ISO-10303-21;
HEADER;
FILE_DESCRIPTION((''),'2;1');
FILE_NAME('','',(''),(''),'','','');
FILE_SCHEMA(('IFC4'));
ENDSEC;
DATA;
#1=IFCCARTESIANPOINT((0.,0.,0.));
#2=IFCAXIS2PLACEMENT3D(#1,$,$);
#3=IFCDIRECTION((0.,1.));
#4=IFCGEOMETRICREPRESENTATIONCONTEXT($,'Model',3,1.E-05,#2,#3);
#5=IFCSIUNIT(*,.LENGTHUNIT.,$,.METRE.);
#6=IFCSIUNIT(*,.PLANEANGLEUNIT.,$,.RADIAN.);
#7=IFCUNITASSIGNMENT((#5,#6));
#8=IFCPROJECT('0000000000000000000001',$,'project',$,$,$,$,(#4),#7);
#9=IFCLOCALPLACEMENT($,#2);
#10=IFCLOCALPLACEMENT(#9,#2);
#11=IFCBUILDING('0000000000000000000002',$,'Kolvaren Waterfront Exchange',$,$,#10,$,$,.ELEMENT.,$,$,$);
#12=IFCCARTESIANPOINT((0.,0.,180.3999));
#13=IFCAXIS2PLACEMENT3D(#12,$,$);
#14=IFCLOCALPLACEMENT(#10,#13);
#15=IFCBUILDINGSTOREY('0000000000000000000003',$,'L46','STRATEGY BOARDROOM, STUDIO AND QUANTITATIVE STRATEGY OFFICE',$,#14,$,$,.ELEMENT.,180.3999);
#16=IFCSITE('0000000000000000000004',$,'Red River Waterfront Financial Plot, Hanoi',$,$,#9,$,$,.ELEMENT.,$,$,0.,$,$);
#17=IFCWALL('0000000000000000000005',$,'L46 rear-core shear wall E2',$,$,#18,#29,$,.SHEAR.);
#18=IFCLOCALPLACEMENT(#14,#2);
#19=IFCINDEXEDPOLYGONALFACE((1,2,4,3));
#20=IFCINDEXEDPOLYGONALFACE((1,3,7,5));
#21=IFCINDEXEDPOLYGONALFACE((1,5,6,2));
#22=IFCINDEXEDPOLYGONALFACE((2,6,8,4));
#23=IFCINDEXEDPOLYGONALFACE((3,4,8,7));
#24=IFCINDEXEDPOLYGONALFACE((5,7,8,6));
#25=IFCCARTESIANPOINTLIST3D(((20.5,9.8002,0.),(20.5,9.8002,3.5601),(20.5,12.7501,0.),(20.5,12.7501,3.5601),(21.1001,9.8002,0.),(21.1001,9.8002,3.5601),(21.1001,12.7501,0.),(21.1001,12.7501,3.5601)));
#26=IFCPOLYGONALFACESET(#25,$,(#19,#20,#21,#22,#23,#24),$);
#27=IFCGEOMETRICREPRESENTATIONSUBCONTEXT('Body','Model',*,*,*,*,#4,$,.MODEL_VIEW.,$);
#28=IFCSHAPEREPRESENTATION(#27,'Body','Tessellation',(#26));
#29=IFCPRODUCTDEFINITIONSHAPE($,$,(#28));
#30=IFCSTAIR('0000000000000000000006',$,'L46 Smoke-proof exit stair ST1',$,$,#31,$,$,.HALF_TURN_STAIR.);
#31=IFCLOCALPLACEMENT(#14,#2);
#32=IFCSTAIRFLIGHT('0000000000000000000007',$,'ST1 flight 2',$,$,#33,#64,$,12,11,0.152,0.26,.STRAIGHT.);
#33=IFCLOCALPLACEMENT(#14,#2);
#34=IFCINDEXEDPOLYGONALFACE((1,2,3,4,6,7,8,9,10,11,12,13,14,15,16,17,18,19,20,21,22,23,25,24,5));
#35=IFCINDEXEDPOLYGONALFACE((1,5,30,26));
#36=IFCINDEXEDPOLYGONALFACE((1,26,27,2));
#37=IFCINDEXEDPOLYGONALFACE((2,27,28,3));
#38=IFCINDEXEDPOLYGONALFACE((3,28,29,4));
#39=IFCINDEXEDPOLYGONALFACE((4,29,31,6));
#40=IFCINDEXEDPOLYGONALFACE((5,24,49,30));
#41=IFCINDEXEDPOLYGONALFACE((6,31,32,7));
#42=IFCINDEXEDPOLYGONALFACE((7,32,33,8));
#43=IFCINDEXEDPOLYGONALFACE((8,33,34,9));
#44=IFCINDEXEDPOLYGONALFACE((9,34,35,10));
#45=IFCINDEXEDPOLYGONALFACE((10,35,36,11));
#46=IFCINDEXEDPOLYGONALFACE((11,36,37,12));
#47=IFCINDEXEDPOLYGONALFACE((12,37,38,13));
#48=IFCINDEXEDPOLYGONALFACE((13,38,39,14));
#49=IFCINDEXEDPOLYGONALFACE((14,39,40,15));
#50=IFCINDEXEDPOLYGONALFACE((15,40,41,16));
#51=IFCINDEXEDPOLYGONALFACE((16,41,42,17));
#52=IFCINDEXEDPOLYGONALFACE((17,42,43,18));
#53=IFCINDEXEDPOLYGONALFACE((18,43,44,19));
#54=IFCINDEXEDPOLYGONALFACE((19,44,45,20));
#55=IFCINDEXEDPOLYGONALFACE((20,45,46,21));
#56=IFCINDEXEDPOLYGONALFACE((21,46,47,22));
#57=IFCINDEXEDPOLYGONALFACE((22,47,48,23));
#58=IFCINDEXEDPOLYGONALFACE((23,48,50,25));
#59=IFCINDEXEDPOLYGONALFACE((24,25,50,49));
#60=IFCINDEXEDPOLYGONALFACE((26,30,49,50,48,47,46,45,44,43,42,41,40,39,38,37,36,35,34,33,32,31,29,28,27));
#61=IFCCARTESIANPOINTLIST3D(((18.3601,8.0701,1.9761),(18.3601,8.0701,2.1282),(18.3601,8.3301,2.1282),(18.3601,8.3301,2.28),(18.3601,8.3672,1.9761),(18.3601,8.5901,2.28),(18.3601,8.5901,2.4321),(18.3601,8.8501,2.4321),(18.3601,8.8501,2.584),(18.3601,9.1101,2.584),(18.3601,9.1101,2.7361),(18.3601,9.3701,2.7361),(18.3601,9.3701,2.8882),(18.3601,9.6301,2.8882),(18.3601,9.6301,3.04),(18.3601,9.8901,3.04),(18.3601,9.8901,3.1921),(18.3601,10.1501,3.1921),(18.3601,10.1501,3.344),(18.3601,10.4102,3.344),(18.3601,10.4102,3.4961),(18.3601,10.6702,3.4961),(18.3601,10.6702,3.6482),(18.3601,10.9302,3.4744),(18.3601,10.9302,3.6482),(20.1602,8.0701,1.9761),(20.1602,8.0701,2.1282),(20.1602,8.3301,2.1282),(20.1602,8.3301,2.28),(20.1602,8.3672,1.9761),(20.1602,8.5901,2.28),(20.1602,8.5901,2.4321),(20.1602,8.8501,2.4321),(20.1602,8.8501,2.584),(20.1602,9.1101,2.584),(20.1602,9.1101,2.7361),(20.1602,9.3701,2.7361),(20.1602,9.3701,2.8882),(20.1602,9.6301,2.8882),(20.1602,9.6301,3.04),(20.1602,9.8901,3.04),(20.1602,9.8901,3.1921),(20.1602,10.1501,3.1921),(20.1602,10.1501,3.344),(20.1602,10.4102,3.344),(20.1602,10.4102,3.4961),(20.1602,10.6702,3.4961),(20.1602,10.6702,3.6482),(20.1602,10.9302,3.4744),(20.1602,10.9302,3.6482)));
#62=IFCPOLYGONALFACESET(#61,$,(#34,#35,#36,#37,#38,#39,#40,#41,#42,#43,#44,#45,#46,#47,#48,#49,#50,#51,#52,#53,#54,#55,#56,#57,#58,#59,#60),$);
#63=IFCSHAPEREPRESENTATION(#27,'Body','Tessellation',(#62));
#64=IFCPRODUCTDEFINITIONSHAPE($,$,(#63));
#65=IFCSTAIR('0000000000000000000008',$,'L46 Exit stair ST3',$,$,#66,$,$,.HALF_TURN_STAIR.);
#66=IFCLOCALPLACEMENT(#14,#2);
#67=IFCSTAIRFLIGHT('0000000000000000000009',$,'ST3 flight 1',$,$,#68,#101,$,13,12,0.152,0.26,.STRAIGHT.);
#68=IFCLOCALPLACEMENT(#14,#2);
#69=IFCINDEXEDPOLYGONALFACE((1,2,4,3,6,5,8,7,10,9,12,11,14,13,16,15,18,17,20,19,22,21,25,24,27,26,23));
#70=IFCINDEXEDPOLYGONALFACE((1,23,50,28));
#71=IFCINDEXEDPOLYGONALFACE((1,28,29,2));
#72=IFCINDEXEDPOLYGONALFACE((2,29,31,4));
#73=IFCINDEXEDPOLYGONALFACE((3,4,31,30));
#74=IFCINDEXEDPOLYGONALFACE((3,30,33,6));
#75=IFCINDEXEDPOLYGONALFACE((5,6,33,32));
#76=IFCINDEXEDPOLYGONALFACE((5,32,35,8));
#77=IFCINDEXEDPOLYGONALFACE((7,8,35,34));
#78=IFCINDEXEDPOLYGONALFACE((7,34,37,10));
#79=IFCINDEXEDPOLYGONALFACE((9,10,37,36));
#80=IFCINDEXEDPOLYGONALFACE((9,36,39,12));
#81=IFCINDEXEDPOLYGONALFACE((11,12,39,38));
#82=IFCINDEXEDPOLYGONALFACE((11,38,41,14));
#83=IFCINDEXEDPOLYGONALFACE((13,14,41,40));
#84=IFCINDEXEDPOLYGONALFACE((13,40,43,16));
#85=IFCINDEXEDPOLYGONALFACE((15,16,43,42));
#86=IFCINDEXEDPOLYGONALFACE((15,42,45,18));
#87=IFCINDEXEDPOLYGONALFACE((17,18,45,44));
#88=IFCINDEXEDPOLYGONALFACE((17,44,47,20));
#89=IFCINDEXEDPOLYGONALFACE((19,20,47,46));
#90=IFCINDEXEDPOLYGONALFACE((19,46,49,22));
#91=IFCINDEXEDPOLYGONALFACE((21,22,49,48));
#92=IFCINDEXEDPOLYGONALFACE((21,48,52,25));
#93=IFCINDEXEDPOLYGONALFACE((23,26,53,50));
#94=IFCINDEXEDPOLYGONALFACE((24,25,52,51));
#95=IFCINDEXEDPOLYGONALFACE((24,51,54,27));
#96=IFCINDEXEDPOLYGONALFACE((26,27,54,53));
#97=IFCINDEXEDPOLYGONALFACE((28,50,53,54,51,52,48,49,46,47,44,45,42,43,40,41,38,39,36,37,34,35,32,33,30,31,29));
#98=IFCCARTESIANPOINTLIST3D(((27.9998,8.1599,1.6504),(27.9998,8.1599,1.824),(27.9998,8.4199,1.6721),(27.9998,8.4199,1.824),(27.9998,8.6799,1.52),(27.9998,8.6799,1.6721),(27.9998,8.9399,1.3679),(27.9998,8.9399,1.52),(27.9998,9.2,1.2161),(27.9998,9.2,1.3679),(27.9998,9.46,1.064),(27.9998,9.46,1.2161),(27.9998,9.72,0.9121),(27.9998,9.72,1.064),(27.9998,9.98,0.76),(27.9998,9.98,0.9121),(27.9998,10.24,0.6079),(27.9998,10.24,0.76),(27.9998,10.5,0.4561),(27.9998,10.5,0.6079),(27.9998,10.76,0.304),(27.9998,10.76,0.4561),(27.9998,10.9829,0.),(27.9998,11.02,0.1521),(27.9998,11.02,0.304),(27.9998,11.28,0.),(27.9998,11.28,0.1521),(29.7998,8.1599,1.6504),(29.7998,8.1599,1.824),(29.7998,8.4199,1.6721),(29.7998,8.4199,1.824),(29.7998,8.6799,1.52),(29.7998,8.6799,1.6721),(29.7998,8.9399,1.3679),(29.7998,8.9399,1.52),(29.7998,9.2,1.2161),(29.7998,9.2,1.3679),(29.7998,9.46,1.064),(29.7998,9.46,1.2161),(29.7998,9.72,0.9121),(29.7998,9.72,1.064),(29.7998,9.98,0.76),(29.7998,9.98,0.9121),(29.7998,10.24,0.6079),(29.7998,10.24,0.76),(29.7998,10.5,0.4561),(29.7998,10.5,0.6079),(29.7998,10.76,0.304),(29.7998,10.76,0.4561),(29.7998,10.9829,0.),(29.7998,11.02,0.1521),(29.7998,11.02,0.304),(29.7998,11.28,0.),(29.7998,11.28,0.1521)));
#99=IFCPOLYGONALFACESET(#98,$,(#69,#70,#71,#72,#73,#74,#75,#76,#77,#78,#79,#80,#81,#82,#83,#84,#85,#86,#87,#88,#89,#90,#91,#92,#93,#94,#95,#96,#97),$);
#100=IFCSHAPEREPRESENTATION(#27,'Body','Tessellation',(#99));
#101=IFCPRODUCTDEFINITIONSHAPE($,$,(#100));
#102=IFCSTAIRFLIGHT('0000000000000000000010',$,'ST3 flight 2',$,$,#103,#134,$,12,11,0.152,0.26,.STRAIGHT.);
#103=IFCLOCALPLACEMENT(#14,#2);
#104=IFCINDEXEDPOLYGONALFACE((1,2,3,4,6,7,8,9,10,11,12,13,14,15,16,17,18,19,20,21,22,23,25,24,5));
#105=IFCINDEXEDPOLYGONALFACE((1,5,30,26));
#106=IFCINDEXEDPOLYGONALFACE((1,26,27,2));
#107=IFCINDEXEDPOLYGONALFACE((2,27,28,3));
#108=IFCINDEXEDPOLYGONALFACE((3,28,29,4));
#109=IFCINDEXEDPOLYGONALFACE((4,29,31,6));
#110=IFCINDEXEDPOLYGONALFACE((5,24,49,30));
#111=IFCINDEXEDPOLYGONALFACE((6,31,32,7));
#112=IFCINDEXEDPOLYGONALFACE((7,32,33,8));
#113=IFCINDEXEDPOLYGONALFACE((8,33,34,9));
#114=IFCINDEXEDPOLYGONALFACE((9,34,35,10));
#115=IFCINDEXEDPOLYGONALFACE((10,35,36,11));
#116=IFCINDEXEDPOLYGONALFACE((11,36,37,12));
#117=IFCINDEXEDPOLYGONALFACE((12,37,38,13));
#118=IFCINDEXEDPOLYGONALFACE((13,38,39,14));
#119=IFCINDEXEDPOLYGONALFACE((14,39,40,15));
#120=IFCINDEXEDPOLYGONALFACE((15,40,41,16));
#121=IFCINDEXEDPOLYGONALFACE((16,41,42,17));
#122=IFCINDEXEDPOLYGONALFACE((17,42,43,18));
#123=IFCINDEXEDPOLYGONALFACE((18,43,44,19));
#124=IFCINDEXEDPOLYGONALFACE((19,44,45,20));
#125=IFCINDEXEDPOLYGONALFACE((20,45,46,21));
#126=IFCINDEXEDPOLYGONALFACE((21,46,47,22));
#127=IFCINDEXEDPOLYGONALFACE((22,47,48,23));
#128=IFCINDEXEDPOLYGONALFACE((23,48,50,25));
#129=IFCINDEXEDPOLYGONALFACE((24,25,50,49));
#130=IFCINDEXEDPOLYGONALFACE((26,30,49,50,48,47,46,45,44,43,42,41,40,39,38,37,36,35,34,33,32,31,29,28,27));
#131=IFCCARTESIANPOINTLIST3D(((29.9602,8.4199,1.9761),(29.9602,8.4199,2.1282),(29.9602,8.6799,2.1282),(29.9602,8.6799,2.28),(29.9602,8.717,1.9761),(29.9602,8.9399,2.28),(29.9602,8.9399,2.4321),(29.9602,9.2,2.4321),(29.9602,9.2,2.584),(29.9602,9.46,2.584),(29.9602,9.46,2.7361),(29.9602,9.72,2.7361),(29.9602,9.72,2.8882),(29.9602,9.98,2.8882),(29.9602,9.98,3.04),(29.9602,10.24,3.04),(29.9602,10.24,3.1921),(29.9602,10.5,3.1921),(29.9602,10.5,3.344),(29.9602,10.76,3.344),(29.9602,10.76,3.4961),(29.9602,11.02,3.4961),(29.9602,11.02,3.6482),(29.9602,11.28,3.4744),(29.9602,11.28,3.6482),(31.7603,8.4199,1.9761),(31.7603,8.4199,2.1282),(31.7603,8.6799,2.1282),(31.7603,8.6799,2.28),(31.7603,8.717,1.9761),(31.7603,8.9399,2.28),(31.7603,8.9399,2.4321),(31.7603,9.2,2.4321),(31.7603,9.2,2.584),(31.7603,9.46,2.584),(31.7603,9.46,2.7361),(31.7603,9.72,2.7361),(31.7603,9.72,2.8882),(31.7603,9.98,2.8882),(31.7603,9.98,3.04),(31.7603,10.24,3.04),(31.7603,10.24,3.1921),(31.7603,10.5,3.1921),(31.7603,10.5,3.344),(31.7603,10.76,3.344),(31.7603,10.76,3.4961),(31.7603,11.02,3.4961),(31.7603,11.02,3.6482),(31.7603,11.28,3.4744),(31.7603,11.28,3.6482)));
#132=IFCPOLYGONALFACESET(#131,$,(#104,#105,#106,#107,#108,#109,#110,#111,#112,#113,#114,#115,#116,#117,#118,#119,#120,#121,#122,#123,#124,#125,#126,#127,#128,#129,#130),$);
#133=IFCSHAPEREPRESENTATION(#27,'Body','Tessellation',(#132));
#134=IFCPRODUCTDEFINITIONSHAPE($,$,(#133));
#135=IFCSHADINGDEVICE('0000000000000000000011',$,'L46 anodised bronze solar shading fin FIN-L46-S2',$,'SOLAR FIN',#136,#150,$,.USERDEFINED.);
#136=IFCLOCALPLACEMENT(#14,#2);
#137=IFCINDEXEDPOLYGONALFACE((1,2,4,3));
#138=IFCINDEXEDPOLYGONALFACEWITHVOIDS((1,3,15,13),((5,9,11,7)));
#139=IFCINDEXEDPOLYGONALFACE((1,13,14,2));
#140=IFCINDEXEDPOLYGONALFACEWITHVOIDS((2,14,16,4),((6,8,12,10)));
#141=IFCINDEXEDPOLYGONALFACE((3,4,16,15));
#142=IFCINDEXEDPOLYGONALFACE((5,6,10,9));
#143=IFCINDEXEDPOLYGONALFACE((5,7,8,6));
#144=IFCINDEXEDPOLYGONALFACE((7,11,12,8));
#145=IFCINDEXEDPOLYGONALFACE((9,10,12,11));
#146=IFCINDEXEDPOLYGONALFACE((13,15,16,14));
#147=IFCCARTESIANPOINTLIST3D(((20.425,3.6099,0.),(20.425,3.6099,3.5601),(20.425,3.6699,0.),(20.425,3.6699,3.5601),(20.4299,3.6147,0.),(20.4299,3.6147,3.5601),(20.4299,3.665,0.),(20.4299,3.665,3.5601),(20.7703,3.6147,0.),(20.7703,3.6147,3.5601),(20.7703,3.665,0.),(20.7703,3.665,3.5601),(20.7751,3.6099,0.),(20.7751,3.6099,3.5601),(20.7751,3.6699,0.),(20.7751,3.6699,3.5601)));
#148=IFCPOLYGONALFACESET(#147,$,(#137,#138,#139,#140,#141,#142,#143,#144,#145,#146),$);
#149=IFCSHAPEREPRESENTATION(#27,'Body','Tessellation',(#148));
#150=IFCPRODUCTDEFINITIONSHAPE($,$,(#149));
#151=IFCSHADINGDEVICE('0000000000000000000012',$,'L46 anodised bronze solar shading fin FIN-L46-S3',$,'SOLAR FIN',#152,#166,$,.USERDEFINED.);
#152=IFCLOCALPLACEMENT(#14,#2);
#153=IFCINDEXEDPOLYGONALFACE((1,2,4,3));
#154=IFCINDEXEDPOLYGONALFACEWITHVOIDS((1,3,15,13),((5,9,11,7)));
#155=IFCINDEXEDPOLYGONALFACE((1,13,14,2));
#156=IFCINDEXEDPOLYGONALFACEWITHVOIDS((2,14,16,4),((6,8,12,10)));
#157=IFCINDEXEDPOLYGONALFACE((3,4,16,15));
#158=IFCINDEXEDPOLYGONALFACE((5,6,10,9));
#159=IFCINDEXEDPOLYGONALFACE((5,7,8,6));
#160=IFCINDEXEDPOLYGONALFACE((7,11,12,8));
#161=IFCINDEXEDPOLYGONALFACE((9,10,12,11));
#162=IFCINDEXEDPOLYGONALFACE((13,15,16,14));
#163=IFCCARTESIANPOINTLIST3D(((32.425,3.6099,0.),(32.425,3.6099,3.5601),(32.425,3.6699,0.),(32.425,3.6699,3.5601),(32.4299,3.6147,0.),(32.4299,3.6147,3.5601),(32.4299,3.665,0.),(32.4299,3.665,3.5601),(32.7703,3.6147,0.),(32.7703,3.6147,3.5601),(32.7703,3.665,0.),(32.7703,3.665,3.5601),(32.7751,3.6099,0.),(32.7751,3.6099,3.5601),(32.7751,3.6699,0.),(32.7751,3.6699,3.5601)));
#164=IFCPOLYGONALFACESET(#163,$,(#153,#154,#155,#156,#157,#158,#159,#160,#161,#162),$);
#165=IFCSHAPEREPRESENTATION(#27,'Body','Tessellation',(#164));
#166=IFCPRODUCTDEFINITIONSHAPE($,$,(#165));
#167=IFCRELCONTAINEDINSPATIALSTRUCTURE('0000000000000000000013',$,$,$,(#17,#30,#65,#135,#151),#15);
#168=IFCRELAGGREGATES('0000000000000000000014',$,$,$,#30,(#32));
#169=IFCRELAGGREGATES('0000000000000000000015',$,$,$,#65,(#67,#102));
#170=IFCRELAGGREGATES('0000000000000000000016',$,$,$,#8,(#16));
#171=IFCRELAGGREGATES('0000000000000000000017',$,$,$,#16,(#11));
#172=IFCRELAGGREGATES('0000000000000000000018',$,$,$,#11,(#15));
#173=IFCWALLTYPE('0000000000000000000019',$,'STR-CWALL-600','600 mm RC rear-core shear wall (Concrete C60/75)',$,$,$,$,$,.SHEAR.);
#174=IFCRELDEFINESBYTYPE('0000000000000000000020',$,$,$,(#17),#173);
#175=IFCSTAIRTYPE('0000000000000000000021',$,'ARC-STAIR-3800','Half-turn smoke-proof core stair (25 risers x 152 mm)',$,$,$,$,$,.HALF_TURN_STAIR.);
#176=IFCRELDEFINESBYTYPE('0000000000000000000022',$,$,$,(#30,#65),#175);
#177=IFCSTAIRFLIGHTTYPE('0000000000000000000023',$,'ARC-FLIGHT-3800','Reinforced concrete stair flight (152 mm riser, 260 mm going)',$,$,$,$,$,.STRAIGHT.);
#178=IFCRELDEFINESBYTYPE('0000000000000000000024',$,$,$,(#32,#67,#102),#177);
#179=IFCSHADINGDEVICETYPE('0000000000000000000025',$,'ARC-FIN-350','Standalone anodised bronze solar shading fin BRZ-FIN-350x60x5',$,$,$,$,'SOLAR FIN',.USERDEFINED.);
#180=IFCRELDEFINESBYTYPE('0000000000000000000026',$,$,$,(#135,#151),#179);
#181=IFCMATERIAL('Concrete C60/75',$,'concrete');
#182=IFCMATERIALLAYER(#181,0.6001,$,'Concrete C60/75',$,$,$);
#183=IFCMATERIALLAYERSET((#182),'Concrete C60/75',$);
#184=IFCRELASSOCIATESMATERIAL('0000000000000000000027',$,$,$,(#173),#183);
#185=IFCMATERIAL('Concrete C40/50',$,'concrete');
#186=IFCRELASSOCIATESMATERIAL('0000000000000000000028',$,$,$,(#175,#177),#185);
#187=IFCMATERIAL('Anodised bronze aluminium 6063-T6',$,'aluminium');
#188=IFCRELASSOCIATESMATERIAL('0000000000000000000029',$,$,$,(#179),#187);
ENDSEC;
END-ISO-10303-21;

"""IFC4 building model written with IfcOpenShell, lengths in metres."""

from ifc_helpers import new_model, si_unit, direction, frame, frame_2d, origin, origin_2d, place, context, subcontext, project, spatial, polyline, rectangle, hollow_rectangle, outline, extrude, material, layer, layer_set, material_profile, profile_set, type_object, element, aggregate, save


model = new_model("IFC4")

# Units and contexts
model_context = context("Model", 3, precision=1e-05, world=origin(), true_north=direction((0.0, 1.0)))
body_context = subcontext(model_context, "Body", "Model", "MODEL_VIEW")
ifc_project = project(units=[si_unit("LENGTHUNIT", "METRE"), si_unit("PLANEANGLEUNIT", "RADIAN")], contexts=[model_context])

# Site, building, storey
site_placement = place(None, origin())
site = spatial("IfcSite", under=ifc_project, at=site_placement, Name="Red River Waterfront Financial Plot, Hanoi", CompositionType="ELEMENT", RefElevation=0.0)
building_placement = place(site_placement, origin())
building = spatial("IfcBuilding", under=site, at=building_placement, Name="Kolvaren Waterfront Exchange", CompositionType="ELEMENT")
storey_placement = place(building_placement, frame((0.0, 0.0, 180.3999)))
storey = spatial("IfcBuildingStorey", under=building, at=storey_placement, Name="L46", Description="STRATEGY BOARDROOM, STUDIO AND QUANTITATIVE STRATEGY OFFICE", CompositionType="ELEMENT", Elevation=180.3999)

# Shared definitions
ifc_material_1 = material(Name="Concrete C60/75", Category="concrete")

# Shared definitions
ifc_material_2 = material(Name="Anodised bronze aluminium 6063-T6", Category="aluminium")

# Wall
ifc_material_3 = material(Name="Concrete C40/50", Category="concrete")
ifc_layer_1 = layer(ifc_material_1, 0.6001, Name="Concrete C60/75")
ifc_layer_set_1 = layer_set([ifc_layer_1], Name="Concrete C60/75")
wall_type_1 = type_object("IfcWallType", Name="STR-CWALL-600", Description="600 mm RC rear-core shear wall (Concrete C60/75)", PredefinedType="SHEAR", material=ifc_layer_set_1)
wall_1_placement = place(storey_placement, frame((20.8, 9.8, 0.0), z_axis=(0.0, 0.0, 1.0), x_axis=(0.0, 1.0, 0.0)))
element("IfcWall", 1, at=wall_1_placement, inside=storey, type_object=wall_type_1, Name="L46 rear-core shear wall E2", PredefinedType="SHEAR", context=body_context, shape_type="SweptSolid", body=[
    extrude(rectangle(XDim=2.95, YDim=0.6001, at=frame_2d((1.4751, 0.0))), origin(), (0.0, 0.0, 1.0), 3.5601),
])

# Stair, stair flight
stair_type = type_object("IfcStairType", Name="ARC-STAIR-3800", Description="Half-turn smoke-proof core stair (25 risers x 152 mm)", PredefinedType="HALF_TURN_STAIR", material=ifc_material_3)
stair_1_placement = place(storey_placement, origin())
stair_1 = element("IfcStair", 2, at=stair_1_placement, inside=storey, type_object=stair_type, Name="L46 Smoke-proof exit stair ST1", PredefinedType="HALF_TURN_STAIR")
stair_flight_type = type_object("IfcStairFlightType", Name="ARC-FLIGHT-3800", Description="Reinforced concrete stair flight (152 mm riser, 260 mm going)", PredefinedType="STRAIGHT", material=ifc_material_3)
stair_flight_1_placement = place(storey_placement, frame((19.26, 8.0701, 1.9761), z_axis=(0.0, 0.0, 1.0), x_axis=(0.0, 1.0, 0.0)))
stair_flight_1 = element("IfcStairFlight", 3, at=stair_flight_1_placement, type_object=stair_flight_type, Name="ST1 flight 2", NumberOfRisers=12, NumberOfTreads=11, PredefinedType="STRAIGHT", RiserHeight=0.152, TreadLength=0.26, context=body_context, shape_type="SweptSolid", body=[
    extrude(outline(polyline([(0.0, 0.0), (0.0, 0.1521), (0.26, 0.1521), (0.26, 0.304), (0.52, 0.304), (0.52, 0.4561), (0.78, 0.4561), (0.78, 0.6079), (1.04, 0.6079), (1.04, 0.76), (1.3, 0.76), (1.3, 0.9121), (1.5601, 0.9121), (1.5601, 1.064), (1.8201, 1.064), (1.8201, 1.2161), (2.0801, 1.2161), (2.0801, 1.3679), (2.3401, 1.3679), (2.3401, 1.52), (2.6001, 1.52), (2.6001, 1.6721), (2.8601, 1.6721), (2.8601, 1.824), (2.8601, 1.4983), (0.2971, 0.0), (0.0, 0.0)])), frame((0.0, 0.8999, 0.0), z_axis=(0.0, -1.0, 0.0), x_axis=(1.0, 0.0, 0.0)), (0.0, 0.0, 1.0), 1.8),
])
aggregate(stair_1, [stair_flight_1])

# Stair, stair flights
stair_2_placement = place(storey_placement, origin())
stair_2 = element("IfcStair", 4, at=stair_2_placement, inside=storey, type_object=stair_type, Name="L46 Exit stair ST3", PredefinedType="HALF_TURN_STAIR")
stair_flight_2_placement = place(storey_placement, frame((28.8999, 11.28, 0.0), z_axis=(0.0, 0.0, 1.0), x_axis=(0.0, -1.0, 0.0)))
stair_flight_2 = element("IfcStairFlight", 5, at=stair_flight_2_placement, type_object=stair_flight_type, Name="ST3 flight 1", NumberOfRisers=13, NumberOfTreads=12, PredefinedType="STRAIGHT", RiserHeight=0.152, TreadLength=0.26, context=body_context, shape_type="SweptSolid", body=[
    extrude(outline(polyline([(0.0, 0.0), (0.0, 0.1521), (0.26, 0.1521), (0.26, 0.304), (0.52, 0.304), (0.52, 0.4561), (0.78, 0.4561), (0.78, 0.6079), (1.04, 0.6079), (1.04, 0.76), (1.3, 0.76), (1.3, 0.9121), (1.5601, 0.9121), (1.5601, 1.064), (1.8201, 1.064), (1.8201, 1.2161), (2.0801, 1.2161), (2.0801, 1.3679), (2.3401, 1.3679), (2.3401, 1.52), (2.6001, 1.52), (2.6001, 1.6721), (2.8601, 1.6721), (2.8601, 1.824), (3.1201, 1.824), (3.1201, 1.9761), (3.1201, 1.6504), (0.2971, 0.0), (0.0, 0.0)])), frame((0.0, 0.8999, 0.0), z_axis=(0.0, -1.0, 0.0), x_axis=(1.0, 0.0, 0.0)), (0.0, 0.0, 1.0), 1.8),
])
stair_flight_3_placement = place(storey_placement, frame((30.8601, 8.4199, 1.9761), z_axis=(0.0, 0.0, 1.0), x_axis=(0.0, 1.0, 0.0)))
stair_flight_3 = element("IfcStairFlight", 6, at=stair_flight_3_placement, type_object=stair_flight_type, Name="ST3 flight 2", NumberOfRisers=12, NumberOfTreads=11, PredefinedType="STRAIGHT", RiserHeight=0.152, TreadLength=0.26, context=body_context, shape_type="SweptSolid", body=[
    extrude(outline(polyline([(0.0, 0.0), (0.0, 0.1521), (0.26, 0.1521), (0.26, 0.304), (0.52, 0.304), (0.52, 0.4561), (0.78, 0.4561), (0.78, 0.6079), (1.04, 0.6079), (1.04, 0.76), (1.3, 0.76), (1.3, 0.9121), (1.5601, 0.9121), (1.5601, 1.064), (1.8201, 1.064), (1.8201, 1.2161), (2.0801, 1.2161), (2.0801, 1.3679), (2.3401, 1.3679), (2.3401, 1.52), (2.6001, 1.52), (2.6001, 1.6721), (2.8601, 1.6721), (2.8601, 1.824), (2.8601, 1.4983), (0.2971, 0.0), (0.0, 0.0)])), frame((0.0, 0.8999, 0.0), z_axis=(0.0, -1.0, 0.0), x_axis=(1.0, 0.0, 0.0)), (0.0, 0.0, 1.0), 1.8),
])
aggregate(stair_2, [stair_flight_2, stair_flight_3])

# Shading devices
ifc_material_profile_1 = material_profile(ifc_material_2, hollow_rectangle(XDim=0.0601, YDim=0.3501, WallThickness=0.0049, at=origin_2d()), Name="BRZ-FIN-350x60x5")
ifc_profile_set_1 = profile_set([ifc_material_profile_1], Name="Anodised bronze aluminium 6063-T6")
shading_device_type = type_object("IfcShadingDeviceType", Name="ARC-FIN-350", Description="Standalone anodised bronze solar shading fin BRZ-FIN-350x60x5", ElementType="SOLAR FIN", PredefinedType="USERDEFINED", material=ifc_profile_set_1)
for number, where, z_axis, x_axis, name in (
    (7, (20.6001, 3.6399, 0.0), (0.0, 0.0, 1.0), (0.0, -1.0, 0.0), "L46 anodised bronze solar shading fin FIN-L46-S2"),
    (8, (32.6001, 3.6399, 0.0), (0.0, 0.0, 1.0), (0.0, -1.0, 0.0), "L46 anodised bronze solar shading fin FIN-L46-S3"),
):
    element("IfcShadingDevice", number, at=place(storey_placement, frame(where, z_axis=z_axis, x_axis=x_axis)), inside=storey, type_object=shading_device_type, Name=name, ObjectType="SOLAR FIN", PredefinedType="USERDEFINED", context=body_context, shape_type="SweptSolid", body=[
        extrude(hollow_rectangle(XDim=0.0601, YDim=0.3501, WallThickness=0.0049, at=origin_2d()), origin(), (0.0, 0.0, 1.0), 3.5601),
    ])

save(model, "model.ifc")
